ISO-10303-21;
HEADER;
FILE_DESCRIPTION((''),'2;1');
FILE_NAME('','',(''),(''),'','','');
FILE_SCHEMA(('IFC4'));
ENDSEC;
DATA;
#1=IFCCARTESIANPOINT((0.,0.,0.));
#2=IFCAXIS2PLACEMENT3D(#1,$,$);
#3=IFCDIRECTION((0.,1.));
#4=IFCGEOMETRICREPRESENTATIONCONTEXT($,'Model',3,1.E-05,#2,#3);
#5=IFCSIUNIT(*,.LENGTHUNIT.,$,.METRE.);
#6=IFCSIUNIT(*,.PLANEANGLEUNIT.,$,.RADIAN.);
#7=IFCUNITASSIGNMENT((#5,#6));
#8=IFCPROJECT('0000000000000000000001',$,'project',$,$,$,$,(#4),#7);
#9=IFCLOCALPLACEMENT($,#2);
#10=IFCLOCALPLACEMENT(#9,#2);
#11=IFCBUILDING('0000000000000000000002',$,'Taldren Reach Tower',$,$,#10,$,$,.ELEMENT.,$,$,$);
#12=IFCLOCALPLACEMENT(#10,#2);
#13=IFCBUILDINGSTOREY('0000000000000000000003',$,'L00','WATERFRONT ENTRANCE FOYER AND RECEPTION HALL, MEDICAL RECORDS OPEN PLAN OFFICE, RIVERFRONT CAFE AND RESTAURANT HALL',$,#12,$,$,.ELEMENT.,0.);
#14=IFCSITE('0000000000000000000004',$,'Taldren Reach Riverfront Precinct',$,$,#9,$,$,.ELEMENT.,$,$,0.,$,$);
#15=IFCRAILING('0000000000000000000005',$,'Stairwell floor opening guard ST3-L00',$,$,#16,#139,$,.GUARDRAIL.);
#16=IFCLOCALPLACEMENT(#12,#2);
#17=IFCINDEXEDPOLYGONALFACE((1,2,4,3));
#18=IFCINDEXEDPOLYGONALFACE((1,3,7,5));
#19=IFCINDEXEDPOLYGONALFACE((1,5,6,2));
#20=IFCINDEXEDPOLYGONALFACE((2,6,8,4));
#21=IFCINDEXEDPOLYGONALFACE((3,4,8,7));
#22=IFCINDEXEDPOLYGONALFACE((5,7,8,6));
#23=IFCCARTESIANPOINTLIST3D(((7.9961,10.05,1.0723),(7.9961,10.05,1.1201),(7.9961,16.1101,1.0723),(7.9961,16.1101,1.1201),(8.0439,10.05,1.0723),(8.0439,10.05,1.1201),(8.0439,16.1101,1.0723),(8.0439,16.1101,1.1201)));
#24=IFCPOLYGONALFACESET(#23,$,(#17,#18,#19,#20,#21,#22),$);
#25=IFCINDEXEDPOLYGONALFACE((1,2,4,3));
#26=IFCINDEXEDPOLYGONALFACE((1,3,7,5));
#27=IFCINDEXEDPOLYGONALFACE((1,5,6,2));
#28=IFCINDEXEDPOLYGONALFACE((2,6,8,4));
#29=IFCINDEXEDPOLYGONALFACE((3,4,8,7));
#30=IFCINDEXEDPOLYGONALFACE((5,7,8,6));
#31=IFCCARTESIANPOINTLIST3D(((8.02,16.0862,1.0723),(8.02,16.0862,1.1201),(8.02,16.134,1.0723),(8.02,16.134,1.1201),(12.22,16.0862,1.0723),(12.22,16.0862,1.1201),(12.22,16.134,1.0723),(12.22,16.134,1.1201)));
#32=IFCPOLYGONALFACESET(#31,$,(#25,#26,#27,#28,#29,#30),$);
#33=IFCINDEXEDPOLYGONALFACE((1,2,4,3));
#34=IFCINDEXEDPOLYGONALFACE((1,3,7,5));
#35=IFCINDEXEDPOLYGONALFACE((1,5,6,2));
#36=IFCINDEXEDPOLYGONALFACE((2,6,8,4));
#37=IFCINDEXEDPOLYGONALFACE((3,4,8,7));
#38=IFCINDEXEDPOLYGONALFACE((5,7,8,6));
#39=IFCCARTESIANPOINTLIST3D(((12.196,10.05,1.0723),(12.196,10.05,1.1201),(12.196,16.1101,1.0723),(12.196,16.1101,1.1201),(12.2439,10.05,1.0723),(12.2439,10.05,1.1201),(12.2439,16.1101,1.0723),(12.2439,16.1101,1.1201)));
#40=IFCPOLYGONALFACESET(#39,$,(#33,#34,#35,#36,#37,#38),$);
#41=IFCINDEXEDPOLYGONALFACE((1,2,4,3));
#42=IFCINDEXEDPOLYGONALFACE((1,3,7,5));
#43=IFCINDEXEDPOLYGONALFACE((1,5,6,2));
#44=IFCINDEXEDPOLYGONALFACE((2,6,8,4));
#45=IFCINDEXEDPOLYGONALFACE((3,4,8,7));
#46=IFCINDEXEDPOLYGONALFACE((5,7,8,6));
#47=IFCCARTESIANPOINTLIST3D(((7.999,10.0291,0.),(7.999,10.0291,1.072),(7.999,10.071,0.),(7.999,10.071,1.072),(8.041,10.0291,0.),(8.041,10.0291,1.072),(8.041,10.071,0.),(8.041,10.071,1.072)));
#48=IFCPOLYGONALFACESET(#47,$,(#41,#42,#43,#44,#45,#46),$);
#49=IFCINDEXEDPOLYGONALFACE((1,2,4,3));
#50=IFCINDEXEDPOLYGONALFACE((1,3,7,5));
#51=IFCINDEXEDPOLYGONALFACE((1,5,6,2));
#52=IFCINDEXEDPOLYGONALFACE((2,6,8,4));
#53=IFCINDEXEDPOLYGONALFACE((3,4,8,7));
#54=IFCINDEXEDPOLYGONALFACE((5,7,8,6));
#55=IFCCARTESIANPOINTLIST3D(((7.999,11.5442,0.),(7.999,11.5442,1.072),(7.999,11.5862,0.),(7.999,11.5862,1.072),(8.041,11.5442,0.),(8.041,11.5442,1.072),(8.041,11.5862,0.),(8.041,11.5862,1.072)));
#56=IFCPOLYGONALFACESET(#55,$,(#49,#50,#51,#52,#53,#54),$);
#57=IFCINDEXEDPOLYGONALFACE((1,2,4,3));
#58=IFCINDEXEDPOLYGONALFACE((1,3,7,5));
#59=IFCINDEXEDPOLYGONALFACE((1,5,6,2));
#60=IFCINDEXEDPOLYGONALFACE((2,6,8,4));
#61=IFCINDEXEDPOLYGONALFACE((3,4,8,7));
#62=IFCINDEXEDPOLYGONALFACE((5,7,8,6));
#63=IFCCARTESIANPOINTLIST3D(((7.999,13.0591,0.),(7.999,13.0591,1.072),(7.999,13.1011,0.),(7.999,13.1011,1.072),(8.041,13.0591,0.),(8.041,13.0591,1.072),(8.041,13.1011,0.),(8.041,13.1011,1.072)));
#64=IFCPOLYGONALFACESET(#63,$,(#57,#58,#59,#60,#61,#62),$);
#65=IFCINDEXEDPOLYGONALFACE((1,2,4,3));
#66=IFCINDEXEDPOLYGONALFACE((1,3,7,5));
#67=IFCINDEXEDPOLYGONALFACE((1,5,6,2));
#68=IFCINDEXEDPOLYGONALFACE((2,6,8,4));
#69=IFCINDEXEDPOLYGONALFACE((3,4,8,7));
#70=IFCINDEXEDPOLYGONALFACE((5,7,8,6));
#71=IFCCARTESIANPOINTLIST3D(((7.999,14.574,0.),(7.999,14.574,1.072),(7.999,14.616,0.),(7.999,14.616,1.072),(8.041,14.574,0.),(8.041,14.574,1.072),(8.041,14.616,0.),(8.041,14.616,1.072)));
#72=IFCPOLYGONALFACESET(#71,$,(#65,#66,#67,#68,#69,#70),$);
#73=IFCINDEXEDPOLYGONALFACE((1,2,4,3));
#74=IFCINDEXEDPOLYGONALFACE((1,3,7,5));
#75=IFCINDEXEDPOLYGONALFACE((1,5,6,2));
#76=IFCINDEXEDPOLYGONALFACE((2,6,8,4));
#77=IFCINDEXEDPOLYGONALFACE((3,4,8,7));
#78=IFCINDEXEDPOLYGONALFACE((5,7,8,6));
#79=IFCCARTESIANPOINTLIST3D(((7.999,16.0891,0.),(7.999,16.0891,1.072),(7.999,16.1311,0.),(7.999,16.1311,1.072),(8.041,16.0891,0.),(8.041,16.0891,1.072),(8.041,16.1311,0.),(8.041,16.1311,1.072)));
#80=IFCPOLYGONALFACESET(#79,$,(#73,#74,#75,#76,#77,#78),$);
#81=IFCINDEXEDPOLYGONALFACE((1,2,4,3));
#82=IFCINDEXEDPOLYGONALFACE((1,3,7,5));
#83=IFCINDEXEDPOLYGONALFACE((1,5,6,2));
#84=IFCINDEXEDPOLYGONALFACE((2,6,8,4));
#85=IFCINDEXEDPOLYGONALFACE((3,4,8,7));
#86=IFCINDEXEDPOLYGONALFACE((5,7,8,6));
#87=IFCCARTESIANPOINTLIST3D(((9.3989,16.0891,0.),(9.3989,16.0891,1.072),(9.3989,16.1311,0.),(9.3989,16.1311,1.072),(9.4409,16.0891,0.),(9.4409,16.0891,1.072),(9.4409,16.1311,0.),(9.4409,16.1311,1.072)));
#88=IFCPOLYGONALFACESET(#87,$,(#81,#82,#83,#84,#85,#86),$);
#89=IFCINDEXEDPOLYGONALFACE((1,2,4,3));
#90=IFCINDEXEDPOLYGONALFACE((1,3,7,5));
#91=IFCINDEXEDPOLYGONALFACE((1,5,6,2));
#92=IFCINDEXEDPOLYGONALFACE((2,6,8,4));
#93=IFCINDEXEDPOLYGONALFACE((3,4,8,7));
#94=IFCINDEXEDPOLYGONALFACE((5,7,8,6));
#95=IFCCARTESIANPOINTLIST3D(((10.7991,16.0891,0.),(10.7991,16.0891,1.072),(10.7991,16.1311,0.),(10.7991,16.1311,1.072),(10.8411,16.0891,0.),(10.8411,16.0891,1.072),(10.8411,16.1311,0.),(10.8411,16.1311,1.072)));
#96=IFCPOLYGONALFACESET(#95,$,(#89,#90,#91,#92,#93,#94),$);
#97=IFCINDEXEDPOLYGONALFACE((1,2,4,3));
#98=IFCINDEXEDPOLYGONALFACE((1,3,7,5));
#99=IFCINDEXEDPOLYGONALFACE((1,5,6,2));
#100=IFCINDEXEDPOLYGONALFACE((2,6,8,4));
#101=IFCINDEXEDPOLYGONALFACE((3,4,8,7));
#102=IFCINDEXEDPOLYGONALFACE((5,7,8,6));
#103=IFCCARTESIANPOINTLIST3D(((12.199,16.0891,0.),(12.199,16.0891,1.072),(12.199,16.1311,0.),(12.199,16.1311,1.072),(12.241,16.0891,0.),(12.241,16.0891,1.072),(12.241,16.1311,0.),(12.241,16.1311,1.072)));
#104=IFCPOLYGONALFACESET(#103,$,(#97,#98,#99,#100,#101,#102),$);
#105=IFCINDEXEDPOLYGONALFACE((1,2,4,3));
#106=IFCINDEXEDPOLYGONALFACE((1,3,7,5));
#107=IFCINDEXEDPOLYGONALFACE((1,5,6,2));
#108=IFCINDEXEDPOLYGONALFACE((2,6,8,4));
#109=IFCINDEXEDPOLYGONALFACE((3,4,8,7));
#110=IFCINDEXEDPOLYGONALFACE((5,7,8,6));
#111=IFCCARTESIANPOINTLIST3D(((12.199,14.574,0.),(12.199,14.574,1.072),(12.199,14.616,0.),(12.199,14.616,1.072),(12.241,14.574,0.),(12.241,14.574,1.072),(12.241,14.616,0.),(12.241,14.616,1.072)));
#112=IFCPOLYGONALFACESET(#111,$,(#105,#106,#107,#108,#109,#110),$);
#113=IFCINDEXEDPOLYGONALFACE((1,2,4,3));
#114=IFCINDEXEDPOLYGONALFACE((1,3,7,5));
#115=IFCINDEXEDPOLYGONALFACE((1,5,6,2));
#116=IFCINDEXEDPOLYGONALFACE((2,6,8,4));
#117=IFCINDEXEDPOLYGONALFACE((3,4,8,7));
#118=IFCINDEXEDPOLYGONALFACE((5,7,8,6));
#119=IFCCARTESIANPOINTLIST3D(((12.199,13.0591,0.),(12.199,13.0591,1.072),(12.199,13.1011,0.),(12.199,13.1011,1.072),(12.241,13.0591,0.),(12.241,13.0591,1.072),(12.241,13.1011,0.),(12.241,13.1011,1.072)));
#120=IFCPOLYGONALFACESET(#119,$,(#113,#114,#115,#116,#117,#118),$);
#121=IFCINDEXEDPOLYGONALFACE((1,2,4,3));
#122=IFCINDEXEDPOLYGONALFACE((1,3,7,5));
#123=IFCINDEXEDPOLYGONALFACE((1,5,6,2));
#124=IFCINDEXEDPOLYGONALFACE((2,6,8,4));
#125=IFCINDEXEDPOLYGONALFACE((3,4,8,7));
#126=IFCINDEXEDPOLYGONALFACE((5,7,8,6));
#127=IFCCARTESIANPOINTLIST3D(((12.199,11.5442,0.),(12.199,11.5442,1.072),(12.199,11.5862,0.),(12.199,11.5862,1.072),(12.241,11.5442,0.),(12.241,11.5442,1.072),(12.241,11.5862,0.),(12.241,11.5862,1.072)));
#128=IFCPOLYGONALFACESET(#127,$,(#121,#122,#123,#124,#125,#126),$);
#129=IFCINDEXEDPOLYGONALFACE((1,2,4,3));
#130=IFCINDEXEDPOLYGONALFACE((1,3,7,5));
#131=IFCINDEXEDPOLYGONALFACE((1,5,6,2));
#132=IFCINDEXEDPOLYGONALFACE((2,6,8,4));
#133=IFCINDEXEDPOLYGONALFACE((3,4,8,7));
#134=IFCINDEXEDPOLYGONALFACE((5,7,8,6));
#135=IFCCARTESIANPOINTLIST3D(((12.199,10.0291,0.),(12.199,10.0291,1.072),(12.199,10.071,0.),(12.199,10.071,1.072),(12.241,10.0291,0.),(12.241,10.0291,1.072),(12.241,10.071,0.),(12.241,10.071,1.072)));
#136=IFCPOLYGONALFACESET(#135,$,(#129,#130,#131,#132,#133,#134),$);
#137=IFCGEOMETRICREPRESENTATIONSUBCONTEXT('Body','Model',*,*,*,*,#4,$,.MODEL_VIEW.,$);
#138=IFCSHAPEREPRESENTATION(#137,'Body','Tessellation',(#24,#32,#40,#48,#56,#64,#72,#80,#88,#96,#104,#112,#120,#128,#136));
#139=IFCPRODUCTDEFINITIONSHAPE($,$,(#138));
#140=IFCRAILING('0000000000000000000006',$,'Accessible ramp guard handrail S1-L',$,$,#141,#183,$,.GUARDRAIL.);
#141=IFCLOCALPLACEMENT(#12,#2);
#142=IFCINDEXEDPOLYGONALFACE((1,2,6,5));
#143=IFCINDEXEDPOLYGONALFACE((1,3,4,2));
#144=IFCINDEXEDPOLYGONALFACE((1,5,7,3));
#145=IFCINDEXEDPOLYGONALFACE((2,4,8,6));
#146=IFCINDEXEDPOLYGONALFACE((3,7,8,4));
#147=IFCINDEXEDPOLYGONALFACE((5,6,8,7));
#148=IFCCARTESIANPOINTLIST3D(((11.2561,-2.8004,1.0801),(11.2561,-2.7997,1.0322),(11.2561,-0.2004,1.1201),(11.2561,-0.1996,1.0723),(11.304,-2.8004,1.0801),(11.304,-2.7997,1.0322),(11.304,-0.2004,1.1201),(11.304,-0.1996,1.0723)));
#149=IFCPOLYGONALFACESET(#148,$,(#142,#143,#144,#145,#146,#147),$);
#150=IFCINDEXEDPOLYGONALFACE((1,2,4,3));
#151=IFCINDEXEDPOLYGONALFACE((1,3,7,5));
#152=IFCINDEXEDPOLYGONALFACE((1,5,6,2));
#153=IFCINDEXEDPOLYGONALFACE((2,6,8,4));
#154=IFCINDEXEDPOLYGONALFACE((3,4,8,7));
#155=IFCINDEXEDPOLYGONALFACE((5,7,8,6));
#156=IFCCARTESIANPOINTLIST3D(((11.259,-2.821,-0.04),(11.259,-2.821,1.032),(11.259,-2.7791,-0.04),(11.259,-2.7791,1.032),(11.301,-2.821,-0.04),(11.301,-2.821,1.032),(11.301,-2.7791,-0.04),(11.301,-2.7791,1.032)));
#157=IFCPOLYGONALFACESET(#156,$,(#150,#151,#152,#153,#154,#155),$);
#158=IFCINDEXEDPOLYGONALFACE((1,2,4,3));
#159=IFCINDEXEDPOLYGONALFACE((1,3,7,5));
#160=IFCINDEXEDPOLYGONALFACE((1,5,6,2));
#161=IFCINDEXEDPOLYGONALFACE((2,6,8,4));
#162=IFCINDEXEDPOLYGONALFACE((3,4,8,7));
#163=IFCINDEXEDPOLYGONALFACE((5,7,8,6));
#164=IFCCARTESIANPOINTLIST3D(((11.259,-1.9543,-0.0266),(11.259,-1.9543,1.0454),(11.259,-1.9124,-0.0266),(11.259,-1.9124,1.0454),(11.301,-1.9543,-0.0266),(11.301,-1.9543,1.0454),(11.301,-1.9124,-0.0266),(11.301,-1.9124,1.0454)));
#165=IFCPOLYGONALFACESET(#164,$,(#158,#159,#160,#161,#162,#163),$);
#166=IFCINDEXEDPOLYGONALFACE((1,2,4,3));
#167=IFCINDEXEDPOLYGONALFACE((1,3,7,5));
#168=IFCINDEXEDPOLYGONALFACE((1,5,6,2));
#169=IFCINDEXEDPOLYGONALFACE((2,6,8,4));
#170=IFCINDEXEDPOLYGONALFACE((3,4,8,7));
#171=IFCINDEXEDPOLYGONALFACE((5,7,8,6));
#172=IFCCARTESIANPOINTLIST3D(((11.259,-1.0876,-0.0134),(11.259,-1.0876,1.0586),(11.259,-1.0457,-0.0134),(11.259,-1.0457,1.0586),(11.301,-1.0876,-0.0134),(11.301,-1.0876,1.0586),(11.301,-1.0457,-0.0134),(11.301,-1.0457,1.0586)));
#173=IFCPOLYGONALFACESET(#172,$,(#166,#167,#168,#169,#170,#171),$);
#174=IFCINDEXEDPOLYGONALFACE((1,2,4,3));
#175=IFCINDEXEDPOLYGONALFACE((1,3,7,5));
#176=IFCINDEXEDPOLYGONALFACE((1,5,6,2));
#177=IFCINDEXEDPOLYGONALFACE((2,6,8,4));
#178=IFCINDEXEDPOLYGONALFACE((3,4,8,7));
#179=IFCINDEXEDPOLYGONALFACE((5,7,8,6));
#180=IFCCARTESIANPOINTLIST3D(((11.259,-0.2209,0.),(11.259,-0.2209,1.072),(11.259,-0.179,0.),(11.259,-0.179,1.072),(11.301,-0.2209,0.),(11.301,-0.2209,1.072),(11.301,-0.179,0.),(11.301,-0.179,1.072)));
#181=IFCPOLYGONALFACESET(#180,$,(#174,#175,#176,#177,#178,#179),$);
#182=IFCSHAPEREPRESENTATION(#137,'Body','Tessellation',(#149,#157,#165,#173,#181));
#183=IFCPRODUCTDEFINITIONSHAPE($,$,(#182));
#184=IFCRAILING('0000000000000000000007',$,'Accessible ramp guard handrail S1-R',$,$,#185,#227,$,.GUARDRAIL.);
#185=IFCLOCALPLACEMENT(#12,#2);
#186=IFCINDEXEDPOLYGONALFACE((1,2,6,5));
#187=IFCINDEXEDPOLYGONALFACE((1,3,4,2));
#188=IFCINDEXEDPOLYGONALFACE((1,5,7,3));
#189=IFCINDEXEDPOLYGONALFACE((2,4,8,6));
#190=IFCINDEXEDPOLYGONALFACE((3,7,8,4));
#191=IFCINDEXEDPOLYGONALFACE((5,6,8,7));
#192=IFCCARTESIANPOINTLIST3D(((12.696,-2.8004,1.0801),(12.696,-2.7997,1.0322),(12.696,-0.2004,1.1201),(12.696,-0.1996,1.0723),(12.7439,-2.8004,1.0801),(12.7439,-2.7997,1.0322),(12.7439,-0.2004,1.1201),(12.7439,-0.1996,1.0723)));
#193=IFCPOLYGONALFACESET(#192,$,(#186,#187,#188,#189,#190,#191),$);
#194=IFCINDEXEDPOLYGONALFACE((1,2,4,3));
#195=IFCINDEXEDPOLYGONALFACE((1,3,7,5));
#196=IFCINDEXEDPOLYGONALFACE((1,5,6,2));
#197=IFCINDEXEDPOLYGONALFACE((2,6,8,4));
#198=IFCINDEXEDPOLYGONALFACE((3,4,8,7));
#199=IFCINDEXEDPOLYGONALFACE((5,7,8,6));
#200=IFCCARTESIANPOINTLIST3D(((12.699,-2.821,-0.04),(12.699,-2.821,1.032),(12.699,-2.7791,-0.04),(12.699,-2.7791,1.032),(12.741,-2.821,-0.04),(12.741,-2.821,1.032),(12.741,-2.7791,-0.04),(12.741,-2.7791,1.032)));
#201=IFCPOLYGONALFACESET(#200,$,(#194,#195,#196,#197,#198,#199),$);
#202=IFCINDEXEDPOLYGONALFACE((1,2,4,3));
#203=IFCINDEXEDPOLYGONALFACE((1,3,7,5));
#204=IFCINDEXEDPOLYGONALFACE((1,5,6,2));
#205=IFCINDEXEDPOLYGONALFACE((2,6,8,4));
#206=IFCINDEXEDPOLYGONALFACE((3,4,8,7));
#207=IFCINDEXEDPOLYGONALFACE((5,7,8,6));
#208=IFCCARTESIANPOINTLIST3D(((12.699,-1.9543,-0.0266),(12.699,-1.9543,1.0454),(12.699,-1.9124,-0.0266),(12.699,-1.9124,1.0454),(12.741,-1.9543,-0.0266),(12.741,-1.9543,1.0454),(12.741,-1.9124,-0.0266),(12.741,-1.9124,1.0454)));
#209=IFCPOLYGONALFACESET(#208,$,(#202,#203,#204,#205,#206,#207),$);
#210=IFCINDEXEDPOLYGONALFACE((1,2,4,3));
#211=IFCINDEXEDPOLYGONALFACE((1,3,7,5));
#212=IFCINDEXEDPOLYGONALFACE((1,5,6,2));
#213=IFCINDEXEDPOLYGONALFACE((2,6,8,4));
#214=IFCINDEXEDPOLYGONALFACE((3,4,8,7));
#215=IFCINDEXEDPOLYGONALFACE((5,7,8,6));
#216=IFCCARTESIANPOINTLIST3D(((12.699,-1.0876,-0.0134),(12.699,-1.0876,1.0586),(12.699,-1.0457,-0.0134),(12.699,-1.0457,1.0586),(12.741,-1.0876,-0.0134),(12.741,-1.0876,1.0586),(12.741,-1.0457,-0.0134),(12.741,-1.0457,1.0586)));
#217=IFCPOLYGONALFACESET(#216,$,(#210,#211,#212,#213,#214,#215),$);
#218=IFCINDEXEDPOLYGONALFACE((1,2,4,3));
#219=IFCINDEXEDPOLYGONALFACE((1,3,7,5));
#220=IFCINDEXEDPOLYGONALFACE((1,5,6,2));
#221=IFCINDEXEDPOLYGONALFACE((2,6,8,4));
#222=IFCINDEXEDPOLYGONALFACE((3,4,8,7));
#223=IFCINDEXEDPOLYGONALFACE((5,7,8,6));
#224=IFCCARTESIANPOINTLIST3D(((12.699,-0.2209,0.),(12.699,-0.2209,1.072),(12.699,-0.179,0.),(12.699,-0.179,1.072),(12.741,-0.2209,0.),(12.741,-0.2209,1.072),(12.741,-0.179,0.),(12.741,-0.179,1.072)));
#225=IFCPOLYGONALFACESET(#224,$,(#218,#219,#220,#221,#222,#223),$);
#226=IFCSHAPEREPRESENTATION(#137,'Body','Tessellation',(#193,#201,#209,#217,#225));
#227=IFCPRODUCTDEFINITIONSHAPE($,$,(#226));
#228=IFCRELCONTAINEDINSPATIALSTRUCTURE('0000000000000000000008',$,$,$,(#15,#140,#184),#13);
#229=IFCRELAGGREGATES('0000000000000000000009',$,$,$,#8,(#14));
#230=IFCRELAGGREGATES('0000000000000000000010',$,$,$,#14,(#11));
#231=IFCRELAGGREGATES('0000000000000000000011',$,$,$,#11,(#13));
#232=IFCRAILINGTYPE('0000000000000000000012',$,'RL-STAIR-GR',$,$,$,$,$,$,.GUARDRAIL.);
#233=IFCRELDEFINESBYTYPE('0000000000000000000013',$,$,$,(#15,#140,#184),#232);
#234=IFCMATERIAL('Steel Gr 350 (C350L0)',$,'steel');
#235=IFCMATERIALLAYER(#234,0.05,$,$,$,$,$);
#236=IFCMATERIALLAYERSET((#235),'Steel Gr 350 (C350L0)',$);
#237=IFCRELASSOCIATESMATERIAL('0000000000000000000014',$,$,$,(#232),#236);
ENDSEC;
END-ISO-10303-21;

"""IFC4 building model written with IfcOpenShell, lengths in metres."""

from ifc_helpers import new_model, si_unit, direction, frame, origin, origin_2d, place, context, subcontext, project, spatial, rectangle, extrude, material, layer, layer_set, type_object, element, save


model = new_model("IFC4")

# Units and contexts
model_context = context("Model", 3, precision=1e-05, world=origin(), true_north=direction((0.0, 1.0)))
body_context = subcontext(model_context, "Body", "Model", "MODEL_VIEW")
ifc_project = project(units=[si_unit("LENGTHUNIT", "METRE"), si_unit("PLANEANGLEUNIT", "RADIAN")], contexts=[model_context])

# Site, building, storey
site_placement = place(None, origin())
site = spatial("IfcSite", under=ifc_project, at=site_placement, Name="Taldren Reach Riverfront Precinct", CompositionType="ELEMENT", RefElevation=0.0)
building_placement = place(site_placement, origin())
building = spatial("IfcBuilding", under=site, at=building_placement, Name="Taldren Reach Tower", CompositionType="ELEMENT")
storey_placement = place(building_placement, origin())
storey = spatial("IfcBuildingStorey", under=building, at=storey_placement, Name="L00", Description="WATERFRONT ENTRANCE FOYER AND RECEPTION HALL, MEDICAL RECORDS OPEN PLAN OFFICE, RIVERFRONT CAFE AND RESTAURANT HALL", CompositionType="ELEMENT", Elevation=0.0)

# Railings
ifc_material_1 = material(Name="Steel Gr 350 (C350L0)", Category="steel")
ifc_layer_1 = layer(ifc_material_1, 0.05)
ifc_layer_set_1 = layer_set([ifc_layer_1], Name="Steel Gr 350 (C350L0)")
railing_type_1 = type_object("IfcRailingType", Name="RL-STAIR-GR", PredefinedType="GUARDRAIL", material=ifc_layer_set_1)
railing_1_placement = place(storey_placement, frame((8.02, 10.05, 0.0)))
element("IfcRailing", 1, at=railing_1_placement, inside=storey, type_object=railing_type_1, Name="Stairwell floor opening guard ST3-L00", PredefinedType="GUARDRAIL", context=body_context, shape_type="SweptSolid", body=[
    extrude(rectangle(XDim=0.0479, YDim=0.0479, at=origin_2d()), frame((0.0, 0.0, 1.0962), z_axis=(0.0, 1.0, 0.0), x_axis=(-1.0, 0.0, 0.0)), (0.0, 0.0, 1.0), 6.0601),
    extrude(rectangle(XDim=0.0479, YDim=0.0479, at=origin_2d()), frame((0.0, 6.0601, 1.0962), z_axis=(1.0, 0.0, 0.0), x_axis=(0.0, 1.0, 0.0)), (0.0, 0.0, 1.0), 4.2),
    extrude(rectangle(XDim=0.0479, YDim=0.0479, at=origin_2d()), frame((4.2, 6.0601, 1.0962), z_axis=(0.0, -1.0, 0.0), x_axis=(1.0, 0.0, 0.0)), (0.0, 0.0, 1.0), 6.0601),
    extrude(rectangle(XDim=0.042, YDim=0.042, at=origin_2d()), origin(), (0.0, 0.0, 1.0), 1.072),
    extrude(rectangle(XDim=0.042, YDim=0.042, at=origin_2d()), frame((0.0, 1.5151, 0.0)), (0.0, 0.0, 1.0), 1.072),
    extrude(rectangle(XDim=0.042, YDim=0.042, at=origin_2d()), frame((0.0, 3.03, 0.0)), (0.0, 0.0, 1.0), 1.072),
    extrude(rectangle(XDim=0.042, YDim=0.042, at=origin_2d()), frame((0.0, 4.5449, 0.0)), (0.0, 0.0, 1.0), 1.072),
    extrude(rectangle(XDim=0.042, YDim=0.042, at=origin_2d()), frame((0.0, 6.0601, 0.0)), (0.0, 0.0, 1.0), 1.072),
    extrude(rectangle(XDim=0.042, YDim=0.042, at=origin_2d()), frame((1.3999, 6.0601, 0.0)), (0.0, 0.0, 1.0), 1.072),
    extrude(rectangle(XDim=0.042, YDim=0.042, at=origin_2d()), frame((2.8, 6.0601, 0.0)), (0.0, 0.0, 1.0), 1.072),
    extrude(rectangle(XDim=0.042, YDim=0.042, at=origin_2d()), frame((4.2, 6.0601, 0.0)), (0.0, 0.0, 1.0), 1.072),
    extrude(rectangle(XDim=0.042, YDim=0.042, at=origin_2d()), frame((4.2, 4.5449, 0.0)), (0.0, 0.0, 1.0), 1.072),
    extrude(rectangle(XDim=0.042, YDim=0.042, at=origin_2d()), frame((4.2, 3.03, 0.0)), (0.0, 0.0, 1.0), 1.072),
    extrude(rectangle(XDim=0.042, YDim=0.042, at=origin_2d()), frame((4.2, 1.5151, 0.0)), (0.0, 0.0, 1.0), 1.072),
    extrude(rectangle(XDim=0.042, YDim=0.042, at=origin_2d()), frame((4.2, 0.0, 0.0)), (0.0, 0.0, 1.0), 1.072),
])
for number, where, name in (
    (2, (11.28, -2.8, -0.04), "Accessible ramp guard handrail S1-L"),
    (3, (12.72, -2.8, -0.04), "Accessible ramp guard handrail S1-R"),
):
    element("IfcRailing", number, at=place(storey_placement, frame(where)), inside=storey, type_object=railing_type_1, Name=name, PredefinedType="GUARDRAIL", context=body_context, shape_type="SweptSolid", body=[
        extrude(rectangle(XDim=0.0479, YDim=0.0479, at=origin_2d()), frame((0.0, 0.0, 1.0962), z_axis=(0.0, 0.999881, 0.015397), x_axis=(-1.0, 0.0, 0.0)), (0.0, 0.0, 1.0), 2.6003),
        extrude(rectangle(XDim=0.042, YDim=0.042, at=origin_2d()), origin(), (0.0, 0.0, 1.0), 1.072),
        extrude(rectangle(XDim=0.042, YDim=0.042, at=origin_2d()), frame((0.0, 0.8667, 0.0134)), (0.0, 0.0, 1.0), 1.072),
        extrude(rectangle(XDim=0.042, YDim=0.042, at=origin_2d()), frame((0.0, 1.7334, 0.0266)), (0.0, 0.0, 1.0), 1.072),
        extrude(rectangle(XDim=0.042, YDim=0.042, at=origin_2d()), frame((0.0, 2.6001, 0.04)), (0.0, 0.0, 1.0), 1.072),
    ])

save(model, "model.ifc")
